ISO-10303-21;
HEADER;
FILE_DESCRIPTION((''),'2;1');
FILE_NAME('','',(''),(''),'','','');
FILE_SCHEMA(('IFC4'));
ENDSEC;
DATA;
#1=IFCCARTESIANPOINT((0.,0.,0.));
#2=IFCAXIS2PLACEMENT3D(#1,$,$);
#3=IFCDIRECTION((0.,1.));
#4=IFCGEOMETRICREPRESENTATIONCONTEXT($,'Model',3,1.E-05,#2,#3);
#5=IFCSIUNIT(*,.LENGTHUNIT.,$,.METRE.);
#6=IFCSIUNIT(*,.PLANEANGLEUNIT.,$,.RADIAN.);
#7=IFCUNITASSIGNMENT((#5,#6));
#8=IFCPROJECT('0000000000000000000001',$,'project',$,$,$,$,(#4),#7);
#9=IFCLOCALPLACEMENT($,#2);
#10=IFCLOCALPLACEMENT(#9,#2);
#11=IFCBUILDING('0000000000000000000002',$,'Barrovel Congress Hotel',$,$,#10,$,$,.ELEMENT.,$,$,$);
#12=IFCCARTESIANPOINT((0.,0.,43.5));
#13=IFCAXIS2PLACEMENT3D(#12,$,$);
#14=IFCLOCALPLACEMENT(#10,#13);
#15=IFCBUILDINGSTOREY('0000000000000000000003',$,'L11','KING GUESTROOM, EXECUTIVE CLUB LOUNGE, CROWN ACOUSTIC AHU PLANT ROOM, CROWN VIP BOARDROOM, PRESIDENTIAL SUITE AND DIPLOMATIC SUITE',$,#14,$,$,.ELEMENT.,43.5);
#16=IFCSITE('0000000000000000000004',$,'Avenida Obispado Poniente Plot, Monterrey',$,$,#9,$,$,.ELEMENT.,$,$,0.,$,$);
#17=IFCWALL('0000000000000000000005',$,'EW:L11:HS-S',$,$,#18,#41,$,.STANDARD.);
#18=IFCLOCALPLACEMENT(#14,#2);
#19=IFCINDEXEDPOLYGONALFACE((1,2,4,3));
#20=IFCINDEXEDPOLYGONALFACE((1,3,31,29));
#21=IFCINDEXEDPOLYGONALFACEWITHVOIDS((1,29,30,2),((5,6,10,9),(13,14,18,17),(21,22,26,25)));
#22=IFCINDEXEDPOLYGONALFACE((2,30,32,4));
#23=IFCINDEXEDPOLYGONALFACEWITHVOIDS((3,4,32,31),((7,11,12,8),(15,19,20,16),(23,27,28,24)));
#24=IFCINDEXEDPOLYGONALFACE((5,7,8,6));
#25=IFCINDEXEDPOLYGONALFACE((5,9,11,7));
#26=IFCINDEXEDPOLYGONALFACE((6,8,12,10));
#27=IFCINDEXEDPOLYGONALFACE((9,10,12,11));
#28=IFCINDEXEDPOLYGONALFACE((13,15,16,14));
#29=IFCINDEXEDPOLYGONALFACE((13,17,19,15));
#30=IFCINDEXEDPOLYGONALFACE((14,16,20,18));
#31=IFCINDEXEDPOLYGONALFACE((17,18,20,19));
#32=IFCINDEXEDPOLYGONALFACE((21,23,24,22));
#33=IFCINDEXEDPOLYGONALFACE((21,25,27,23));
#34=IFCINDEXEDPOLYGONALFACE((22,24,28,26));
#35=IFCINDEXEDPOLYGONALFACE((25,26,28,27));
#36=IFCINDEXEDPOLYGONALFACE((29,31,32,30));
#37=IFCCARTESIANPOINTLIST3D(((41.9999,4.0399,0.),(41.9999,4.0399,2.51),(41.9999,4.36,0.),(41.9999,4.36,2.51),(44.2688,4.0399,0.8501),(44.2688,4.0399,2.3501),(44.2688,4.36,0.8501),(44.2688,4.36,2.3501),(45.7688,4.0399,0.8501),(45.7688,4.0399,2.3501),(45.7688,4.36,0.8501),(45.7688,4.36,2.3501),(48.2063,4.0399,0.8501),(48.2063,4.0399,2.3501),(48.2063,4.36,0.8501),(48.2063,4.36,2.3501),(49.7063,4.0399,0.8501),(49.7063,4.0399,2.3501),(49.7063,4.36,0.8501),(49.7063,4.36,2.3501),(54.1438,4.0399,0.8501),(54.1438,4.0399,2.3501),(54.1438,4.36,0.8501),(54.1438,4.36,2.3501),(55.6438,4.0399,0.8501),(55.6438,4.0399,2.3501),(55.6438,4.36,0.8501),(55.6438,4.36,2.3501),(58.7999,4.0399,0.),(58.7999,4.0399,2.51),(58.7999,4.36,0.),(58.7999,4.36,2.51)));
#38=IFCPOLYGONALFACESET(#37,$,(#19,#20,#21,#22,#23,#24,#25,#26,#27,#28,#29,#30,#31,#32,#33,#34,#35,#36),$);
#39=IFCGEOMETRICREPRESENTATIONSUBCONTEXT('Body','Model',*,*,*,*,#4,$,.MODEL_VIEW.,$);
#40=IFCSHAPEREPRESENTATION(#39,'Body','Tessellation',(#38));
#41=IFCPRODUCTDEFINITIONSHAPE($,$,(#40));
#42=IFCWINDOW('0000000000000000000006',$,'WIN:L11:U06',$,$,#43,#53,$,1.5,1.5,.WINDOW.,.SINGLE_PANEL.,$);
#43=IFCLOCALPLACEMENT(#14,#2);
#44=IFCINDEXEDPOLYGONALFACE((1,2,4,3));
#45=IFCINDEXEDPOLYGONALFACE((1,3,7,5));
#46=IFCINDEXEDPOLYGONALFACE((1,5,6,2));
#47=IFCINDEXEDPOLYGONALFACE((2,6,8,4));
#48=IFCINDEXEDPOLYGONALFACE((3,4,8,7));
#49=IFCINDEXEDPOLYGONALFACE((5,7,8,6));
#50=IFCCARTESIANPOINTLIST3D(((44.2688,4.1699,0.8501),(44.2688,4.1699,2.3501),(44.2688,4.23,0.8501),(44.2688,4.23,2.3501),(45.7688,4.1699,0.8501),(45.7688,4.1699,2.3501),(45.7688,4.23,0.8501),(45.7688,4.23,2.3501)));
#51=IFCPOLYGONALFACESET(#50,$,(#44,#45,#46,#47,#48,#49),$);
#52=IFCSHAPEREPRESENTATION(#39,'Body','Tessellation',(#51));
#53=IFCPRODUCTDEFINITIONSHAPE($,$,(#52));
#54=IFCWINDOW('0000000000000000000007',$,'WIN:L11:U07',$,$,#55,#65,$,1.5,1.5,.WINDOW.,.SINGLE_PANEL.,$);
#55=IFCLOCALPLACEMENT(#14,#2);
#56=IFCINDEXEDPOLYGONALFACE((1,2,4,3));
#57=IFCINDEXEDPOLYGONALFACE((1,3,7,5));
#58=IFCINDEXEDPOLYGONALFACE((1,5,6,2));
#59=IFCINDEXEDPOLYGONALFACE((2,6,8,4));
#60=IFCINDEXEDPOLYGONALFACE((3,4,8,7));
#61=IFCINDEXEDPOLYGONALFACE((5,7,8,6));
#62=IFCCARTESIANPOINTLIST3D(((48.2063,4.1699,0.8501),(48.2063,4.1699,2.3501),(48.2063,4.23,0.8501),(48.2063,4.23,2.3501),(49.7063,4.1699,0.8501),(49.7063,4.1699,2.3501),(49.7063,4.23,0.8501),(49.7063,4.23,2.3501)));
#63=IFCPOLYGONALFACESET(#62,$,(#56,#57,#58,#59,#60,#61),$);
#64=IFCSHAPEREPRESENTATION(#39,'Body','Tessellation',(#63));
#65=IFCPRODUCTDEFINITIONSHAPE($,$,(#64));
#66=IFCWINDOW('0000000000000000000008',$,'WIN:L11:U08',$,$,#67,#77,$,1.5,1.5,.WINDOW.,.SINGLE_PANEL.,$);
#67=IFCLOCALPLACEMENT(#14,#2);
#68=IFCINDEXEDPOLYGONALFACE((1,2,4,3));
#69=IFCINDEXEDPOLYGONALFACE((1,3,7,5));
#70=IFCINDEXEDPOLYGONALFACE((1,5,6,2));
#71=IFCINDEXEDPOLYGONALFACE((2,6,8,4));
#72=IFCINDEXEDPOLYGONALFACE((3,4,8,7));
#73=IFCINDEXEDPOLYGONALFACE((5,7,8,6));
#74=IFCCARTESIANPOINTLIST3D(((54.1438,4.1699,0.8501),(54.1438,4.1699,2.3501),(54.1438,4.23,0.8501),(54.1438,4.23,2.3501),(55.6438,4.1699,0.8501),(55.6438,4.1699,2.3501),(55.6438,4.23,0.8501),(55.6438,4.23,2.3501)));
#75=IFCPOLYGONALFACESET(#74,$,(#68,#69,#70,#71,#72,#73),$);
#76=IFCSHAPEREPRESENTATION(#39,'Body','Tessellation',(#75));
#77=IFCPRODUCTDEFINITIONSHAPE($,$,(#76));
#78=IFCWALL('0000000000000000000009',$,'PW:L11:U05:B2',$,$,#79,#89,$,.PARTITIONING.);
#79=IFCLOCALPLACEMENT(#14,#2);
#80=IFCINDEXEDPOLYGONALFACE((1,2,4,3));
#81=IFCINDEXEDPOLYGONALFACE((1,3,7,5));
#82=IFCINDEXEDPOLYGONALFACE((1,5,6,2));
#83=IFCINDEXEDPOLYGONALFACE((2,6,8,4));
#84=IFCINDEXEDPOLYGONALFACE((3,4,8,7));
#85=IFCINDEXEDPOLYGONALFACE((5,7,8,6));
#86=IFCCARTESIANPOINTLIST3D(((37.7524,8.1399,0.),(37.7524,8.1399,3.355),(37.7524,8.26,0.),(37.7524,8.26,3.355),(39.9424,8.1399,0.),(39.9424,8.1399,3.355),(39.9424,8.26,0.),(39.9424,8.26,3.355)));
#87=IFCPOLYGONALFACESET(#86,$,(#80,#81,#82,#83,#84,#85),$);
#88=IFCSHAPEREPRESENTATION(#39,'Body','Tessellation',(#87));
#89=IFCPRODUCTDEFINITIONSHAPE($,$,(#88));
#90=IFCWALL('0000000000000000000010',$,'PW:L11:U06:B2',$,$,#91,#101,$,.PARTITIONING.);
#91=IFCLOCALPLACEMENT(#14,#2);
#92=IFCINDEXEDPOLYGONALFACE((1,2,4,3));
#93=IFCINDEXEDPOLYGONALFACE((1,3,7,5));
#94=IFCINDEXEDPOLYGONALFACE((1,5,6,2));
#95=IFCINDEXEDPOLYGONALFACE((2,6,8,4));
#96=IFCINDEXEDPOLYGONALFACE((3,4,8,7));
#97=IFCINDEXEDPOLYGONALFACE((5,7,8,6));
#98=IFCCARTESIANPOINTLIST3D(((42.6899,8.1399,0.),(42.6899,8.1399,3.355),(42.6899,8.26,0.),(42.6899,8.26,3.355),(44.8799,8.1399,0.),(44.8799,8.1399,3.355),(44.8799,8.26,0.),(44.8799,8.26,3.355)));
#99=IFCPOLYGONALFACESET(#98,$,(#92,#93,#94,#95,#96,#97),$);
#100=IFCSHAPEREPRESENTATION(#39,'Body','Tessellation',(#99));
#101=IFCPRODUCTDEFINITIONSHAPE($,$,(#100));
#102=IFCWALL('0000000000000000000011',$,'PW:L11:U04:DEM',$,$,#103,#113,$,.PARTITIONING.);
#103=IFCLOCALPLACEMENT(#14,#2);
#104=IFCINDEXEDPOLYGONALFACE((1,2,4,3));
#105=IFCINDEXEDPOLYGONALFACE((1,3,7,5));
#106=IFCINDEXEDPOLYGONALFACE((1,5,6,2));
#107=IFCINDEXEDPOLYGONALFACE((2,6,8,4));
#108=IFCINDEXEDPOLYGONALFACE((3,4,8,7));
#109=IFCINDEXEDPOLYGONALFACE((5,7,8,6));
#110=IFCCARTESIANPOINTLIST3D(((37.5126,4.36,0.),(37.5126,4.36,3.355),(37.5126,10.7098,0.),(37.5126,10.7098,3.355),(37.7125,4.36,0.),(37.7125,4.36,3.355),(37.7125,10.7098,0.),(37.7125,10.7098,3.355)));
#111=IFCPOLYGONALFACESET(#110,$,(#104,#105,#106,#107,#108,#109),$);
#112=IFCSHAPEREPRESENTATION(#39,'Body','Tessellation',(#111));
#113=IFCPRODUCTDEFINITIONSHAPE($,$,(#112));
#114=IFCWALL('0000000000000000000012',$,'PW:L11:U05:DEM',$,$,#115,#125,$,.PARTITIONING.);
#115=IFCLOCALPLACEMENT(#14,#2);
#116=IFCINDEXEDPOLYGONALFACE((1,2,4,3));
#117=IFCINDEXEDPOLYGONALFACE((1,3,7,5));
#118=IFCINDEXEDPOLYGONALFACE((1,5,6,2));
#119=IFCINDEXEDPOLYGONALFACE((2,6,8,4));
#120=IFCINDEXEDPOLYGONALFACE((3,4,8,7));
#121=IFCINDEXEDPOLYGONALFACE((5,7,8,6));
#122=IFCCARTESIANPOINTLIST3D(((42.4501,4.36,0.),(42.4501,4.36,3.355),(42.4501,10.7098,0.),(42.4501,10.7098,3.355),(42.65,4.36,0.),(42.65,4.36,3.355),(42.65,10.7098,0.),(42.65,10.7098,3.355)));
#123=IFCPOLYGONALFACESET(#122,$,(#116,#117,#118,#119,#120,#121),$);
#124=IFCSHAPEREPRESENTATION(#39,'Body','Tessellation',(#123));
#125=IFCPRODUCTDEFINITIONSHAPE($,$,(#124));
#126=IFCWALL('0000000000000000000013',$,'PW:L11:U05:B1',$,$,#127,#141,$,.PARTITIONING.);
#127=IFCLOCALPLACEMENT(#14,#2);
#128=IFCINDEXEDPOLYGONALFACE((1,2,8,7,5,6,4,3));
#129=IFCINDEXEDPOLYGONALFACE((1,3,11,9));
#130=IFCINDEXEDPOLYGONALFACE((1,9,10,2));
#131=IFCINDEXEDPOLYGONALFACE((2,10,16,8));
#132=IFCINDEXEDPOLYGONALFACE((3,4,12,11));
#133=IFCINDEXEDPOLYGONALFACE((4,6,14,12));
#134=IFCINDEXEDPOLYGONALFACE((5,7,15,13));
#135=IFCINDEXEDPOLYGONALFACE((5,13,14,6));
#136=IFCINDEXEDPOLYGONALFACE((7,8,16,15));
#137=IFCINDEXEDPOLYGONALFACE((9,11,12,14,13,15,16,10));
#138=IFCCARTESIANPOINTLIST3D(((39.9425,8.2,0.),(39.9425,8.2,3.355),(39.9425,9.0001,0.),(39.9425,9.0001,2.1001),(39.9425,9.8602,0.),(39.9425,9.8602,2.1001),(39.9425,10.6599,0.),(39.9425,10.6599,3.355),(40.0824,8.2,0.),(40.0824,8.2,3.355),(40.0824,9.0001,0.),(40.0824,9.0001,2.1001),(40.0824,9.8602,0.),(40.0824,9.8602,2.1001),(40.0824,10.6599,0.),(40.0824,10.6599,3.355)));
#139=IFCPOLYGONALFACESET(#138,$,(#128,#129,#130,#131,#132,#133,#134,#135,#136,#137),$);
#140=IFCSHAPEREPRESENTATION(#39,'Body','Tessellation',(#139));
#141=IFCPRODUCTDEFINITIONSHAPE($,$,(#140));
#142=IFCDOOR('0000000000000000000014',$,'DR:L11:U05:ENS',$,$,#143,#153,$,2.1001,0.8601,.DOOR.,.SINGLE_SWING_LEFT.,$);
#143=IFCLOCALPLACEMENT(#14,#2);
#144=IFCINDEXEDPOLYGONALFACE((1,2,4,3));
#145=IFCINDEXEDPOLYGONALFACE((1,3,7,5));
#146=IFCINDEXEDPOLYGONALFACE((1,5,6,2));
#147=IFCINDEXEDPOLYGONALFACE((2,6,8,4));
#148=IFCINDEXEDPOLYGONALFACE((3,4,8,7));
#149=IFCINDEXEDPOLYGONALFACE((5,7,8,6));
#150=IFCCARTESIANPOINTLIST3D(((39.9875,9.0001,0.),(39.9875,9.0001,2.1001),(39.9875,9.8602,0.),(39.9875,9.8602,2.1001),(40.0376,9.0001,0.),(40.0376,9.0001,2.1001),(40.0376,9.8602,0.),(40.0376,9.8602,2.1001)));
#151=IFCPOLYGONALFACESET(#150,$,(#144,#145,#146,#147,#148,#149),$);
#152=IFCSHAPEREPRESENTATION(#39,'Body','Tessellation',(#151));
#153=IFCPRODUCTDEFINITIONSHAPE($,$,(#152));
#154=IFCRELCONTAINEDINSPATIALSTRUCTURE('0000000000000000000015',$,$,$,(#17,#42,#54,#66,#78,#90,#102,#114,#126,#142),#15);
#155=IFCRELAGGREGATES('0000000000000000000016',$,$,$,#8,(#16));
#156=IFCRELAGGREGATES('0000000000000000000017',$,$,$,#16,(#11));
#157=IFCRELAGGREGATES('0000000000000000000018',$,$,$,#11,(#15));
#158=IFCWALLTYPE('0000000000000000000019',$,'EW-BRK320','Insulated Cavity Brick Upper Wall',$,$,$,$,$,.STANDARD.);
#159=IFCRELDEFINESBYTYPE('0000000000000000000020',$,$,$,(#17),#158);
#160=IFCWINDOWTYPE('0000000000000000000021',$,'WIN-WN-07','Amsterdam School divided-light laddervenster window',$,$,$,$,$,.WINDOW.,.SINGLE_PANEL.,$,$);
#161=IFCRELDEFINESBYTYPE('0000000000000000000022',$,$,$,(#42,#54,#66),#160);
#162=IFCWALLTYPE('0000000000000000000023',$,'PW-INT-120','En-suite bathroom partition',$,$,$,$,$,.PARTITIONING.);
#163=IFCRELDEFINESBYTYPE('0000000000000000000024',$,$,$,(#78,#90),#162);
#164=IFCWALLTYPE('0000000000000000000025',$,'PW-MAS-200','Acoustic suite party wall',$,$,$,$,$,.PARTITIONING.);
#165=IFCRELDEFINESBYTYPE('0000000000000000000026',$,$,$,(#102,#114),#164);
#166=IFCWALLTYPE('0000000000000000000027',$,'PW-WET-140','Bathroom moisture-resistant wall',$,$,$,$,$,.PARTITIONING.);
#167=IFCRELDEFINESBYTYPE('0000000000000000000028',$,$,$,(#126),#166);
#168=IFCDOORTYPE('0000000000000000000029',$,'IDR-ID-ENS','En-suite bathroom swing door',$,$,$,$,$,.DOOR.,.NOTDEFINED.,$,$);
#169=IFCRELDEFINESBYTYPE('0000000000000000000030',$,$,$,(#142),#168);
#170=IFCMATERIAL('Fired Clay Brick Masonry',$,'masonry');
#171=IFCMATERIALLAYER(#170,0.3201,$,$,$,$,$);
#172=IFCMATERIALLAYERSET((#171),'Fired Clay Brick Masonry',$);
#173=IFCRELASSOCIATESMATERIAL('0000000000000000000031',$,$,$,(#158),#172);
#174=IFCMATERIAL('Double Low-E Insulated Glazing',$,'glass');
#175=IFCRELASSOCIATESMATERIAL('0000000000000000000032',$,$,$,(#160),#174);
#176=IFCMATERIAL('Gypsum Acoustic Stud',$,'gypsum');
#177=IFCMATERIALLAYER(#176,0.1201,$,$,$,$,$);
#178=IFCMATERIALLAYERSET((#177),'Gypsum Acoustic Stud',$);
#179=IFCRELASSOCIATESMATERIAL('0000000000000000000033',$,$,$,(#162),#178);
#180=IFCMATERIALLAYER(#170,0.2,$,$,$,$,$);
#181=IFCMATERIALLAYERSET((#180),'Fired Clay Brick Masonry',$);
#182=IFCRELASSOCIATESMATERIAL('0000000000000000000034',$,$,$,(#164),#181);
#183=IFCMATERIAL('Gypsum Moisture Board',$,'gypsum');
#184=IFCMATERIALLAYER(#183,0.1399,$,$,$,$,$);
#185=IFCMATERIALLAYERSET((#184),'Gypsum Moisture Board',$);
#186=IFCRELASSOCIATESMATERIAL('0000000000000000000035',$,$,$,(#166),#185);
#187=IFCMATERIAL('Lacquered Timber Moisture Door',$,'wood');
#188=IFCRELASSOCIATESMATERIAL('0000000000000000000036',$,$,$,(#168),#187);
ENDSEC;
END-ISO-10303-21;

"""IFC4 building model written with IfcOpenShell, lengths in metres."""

from ifc_helpers import new_model, si_unit, direction, frame, frame_2d, origin, place, context, subcontext, project, spatial, rectangle, extrude, material, layer, layer_set, type_object, element, fill, save


model = new_model("IFC4")

# Units and contexts
model_context = context("Model", 3, precision=1e-05, world=origin(), true_north=direction((0.0, 1.0)))
body_context = subcontext(model_context, "Body", "Model", "MODEL_VIEW")
ifc_project = project(units=[si_unit("LENGTHUNIT", "METRE"), si_unit("PLANEANGLEUNIT", "RADIAN")], contexts=[model_context])

# Site, building, storey
site_placement = place(None, origin())
site = spatial("IfcSite", under=ifc_project, at=site_placement, Name="Avenida Obispado Poniente Plot, Monterrey", CompositionType="ELEMENT", RefElevation=0.0)
building_placement = place(site_placement, origin())
building = spatial("IfcBuilding", under=site, at=building_placement, Name="Barrovel Congress Hotel", CompositionType="ELEMENT")
storey_placement = place(building_placement, frame((0.0, 0.0, 43.5)))
storey = spatial("IfcBuildingStorey", under=building, at=storey_placement, Name="L11", Description="KING GUESTROOM, EXECUTIVE CLUB LOUNGE, CROWN ACOUSTIC AHU PLANT ROOM, CROWN VIP BOARDROOM, PRESIDENTIAL SUITE AND DIPLOMATIC SUITE", CompositionType="ELEMENT", Elevation=43.5)

# Wall, openings, windows
ifc_material_1 = material(Name="Fired Clay Brick Masonry", Category="masonry")
ifc_layer_1 = layer(ifc_material_1, 0.3201)
ifc_layer_set_1 = layer_set([ifc_layer_1], Name="Fired Clay Brick Masonry")
wall_type_1 = type_object("IfcWallType", Name="EW-BRK320", Description="Insulated Cavity Brick Upper Wall", PredefinedType="STANDARD", material=ifc_layer_set_1)
wall_1_placement = place(storey_placement, frame((42.0, 4.2, 0.0), z_axis=(0.0, 0.0, 1.0), x_axis=(1.0, 0.0, 0.0)))
wall_1 = element("IfcWall", 1, at=wall_1_placement, inside=storey, type_object=wall_type_1, Name="EW:L11:HS-S", PredefinedType="STANDARD", context=body_context, shape_type="SweptSolid", body=[
    extrude(rectangle(XDim=16.8, YDim=0.3201, at=frame_2d((8.3999, 0.0))), origin(), (0.0, 0.0, 1.0), 2.51),
])
opening_1_placement = place(wall_1_placement, frame((2.2688, 0.0, 0.8501)))
opening_1 = element("IfcOpeningElement", 2, at=opening_1_placement, cuts=wall_1, PredefinedType="OPENING", context=body_context, shape_type="SweptSolid", body=[
    extrude(rectangle(XDim=1.5, YDim=1.5, at=frame_2d((0.75, 0.75))), frame((0.0, 0.1699, 0.0), z_axis=(0.0, -1.0, 0.0), x_axis=(1.0, 0.0, 0.0)), (0.0, 0.0, 1.0), 0.3401),
])
opening_2_placement = place(wall_1_placement, frame((6.2063, 0.0, 0.8501)))
opening_2 = element("IfcOpeningElement", 3, at=opening_2_placement, cuts=wall_1, PredefinedType="OPENING", context=body_context, shape_type="SweptSolid", body=[
    extrude(rectangle(XDim=1.5, YDim=1.5, at=frame_2d((0.75, 0.75))), frame((0.0, 0.1699, 0.0), z_axis=(0.0, -1.0, 0.0), x_axis=(1.0, 0.0, 0.0)), (0.0, 0.0, 1.0), 0.3401),
])
opening_3_placement = place(wall_1_placement, frame((12.1438, 0.0, 0.8501)))
opening_3 = element("IfcOpeningElement", 4, at=opening_3_placement, cuts=wall_1, PredefinedType="OPENING", context=body_context, shape_type="SweptSolid", body=[
    extrude(rectangle(XDim=1.5, YDim=1.5, at=frame_2d((0.75, 0.75))), frame((0.0, 0.1699, 0.0), z_axis=(0.0, -1.0, 0.0), x_axis=(1.0, 0.0, 0.0)), (0.0, 0.0, 1.0), 0.3401),
])
ifc_material_2 = material(Name="Double Low-E Insulated Glazing", Category="glass")
window_type = type_object("IfcWindowType", Name="WIN-WN-07", Description="Amsterdam School divided-light laddervenster window", PartitioningType="SINGLE_PANEL", PredefinedType="WINDOW", material=ifc_material_2)
window_1_placement = place(opening_1_placement, origin())
window_1 = element("IfcWindow", 5, at=window_1_placement, inside=storey, type_object=window_type, Name="WIN:L11:U06", OverallHeight=1.5, OverallWidth=1.5, PartitioningType="SINGLE_PANEL", PredefinedType="WINDOW", context=body_context, shape_type="SweptSolid", body=[
    extrude(rectangle(XDim=1.5, YDim=1.5, at=frame_2d((0.75, 0.75))), frame((0.0, 0.03, 0.0), z_axis=(0.0, -1.0, 0.0), x_axis=(1.0, 0.0, 0.0)), (0.0, 0.0, 1.0), 0.0601),
])
fill(opening_1, window_1)
window_2_placement = place(opening_2_placement, origin())
window_2 = element("IfcWindow", 6, at=window_2_placement, inside=storey, type_object=window_type, Name="WIN:L11:U07", OverallHeight=1.5, OverallWidth=1.5, PartitioningType="SINGLE_PANEL", PredefinedType="WINDOW", context=body_context, shape_type="SweptSolid", body=[
    extrude(rectangle(XDim=1.5, YDim=1.5, at=frame_2d((0.75, 0.75))), frame((0.0, 0.03, 0.0), z_axis=(0.0, -1.0, 0.0), x_axis=(1.0, 0.0, 0.0)), (0.0, 0.0, 1.0), 0.0601),
])
fill(opening_2, window_2)
window_3_placement = place(opening_3_placement, origin())
window_3 = element("IfcWindow", 7, at=window_3_placement, inside=storey, type_object=window_type, Name="WIN:L11:U08", OverallHeight=1.5, OverallWidth=1.5, PartitioningType="SINGLE_PANEL", PredefinedType="WINDOW", context=body_context, shape_type="SweptSolid", body=[
    extrude(rectangle(XDim=1.5, YDim=1.5, at=frame_2d((0.75, 0.75))), frame((0.0, 0.03, 0.0), z_axis=(0.0, -1.0, 0.0), x_axis=(1.0, 0.0, 0.0)), (0.0, 0.0, 1.0), 0.0601),
])
fill(opening_3, window_3)

# Shared definitions
ifc_material_3 = material(Name="Gypsum Acoustic Stud", Category="gypsum")

# Walls
ifc_layer_2 = layer(ifc_material_3, 0.1201)
ifc_layer_set_2 = layer_set([ifc_layer_2], Name="Gypsum Acoustic Stud")
wall_type_2 = type_object("IfcWallType", Name="PW-INT-120", Description="En-suite bathroom partition", PredefinedType="PARTITIONING", material=ifc_layer_set_2)
for number, where, z_axis, x_axis, name in (
    (8, (37.7524, 8.2, 0.0), (0.0, 0.0, 1.0), (1.0, 0.0, 0.0), "PW:L11:U05:B2"),
    (9, (42.6899, 8.2, 0.0), (0.0, 0.0, 1.0), (1.0, 0.0, 0.0), "PW:L11:U06:B2"),
):
    element("IfcWall", number, at=place(storey_placement, frame(where, z_axis=z_axis, x_axis=x_axis)), inside=storey, type_object=wall_type_2, Name=name, PredefinedType="PARTITIONING", context=body_context, shape_type="SweptSolid", body=[
        extrude(rectangle(XDim=2.1899, YDim=0.1201, at=frame_2d((1.095, 0.0))), origin(), (0.0, 0.0, 1.0), 3.355),
    ])
ifc_layer_3 = layer(ifc_material_1, 0.2)
ifc_layer_set_3 = layer_set([ifc_layer_3], Name="Fired Clay Brick Masonry")
wall_type_3 = type_object("IfcWallType", Name="PW-MAS-200", Description="Acoustic suite party wall", PredefinedType="PARTITIONING", material=ifc_layer_set_3)
for number, where, z_axis, x_axis, name in (
    (10, (37.6125, 4.3601, 0.0), (0.0, 0.0, 1.0), (0.0, 1.0, 0.0), "PW:L11:U04:DEM"),
    (11, (42.55, 4.3601, 0.0), (0.0, 0.0, 1.0), (0.0, 1.0, 0.0), "PW:L11:U05:DEM"),
):
    element("IfcWall", number, at=place(storey_placement, frame(where, z_axis=z_axis, x_axis=x_axis)), inside=storey, type_object=wall_type_3, Name=name, PredefinedType="PARTITIONING", context=body_context, shape_type="SweptSolid", body=[
        extrude(rectangle(XDim=6.3499, YDim=0.2, at=frame_2d((3.1748, 0.0))), origin(), (0.0, 0.0, 1.0), 3.355),
    ])

# Wall, opening, door
ifc_material_4 = material(Name="Gypsum Moisture Board", Category="gypsum")
ifc_layer_4 = layer(ifc_material_4, 0.1399)
ifc_layer_set_4 = layer_set([ifc_layer_4], Name="Gypsum Moisture Board")
wall_type_4 = type_object("IfcWallType", Name="PW-WET-140", Description="Bathroom moisture-resistant wall", PredefinedType="PARTITIONING", material=ifc_layer_set_4)
wall_2_placement = place(storey_placement, frame((40.0125, 8.2, 0.0), z_axis=(0.0, 0.0, 1.0), x_axis=(0.0, 1.0, 0.0)))
wall_2 = element("IfcWall", 12, at=wall_2_placement, inside=storey, type_object=wall_type_4, Name="PW:L11:U05:B1", PredefinedType="PARTITIONING", context=body_context, shape_type="SweptSolid", body=[
    extrude(rectangle(XDim=2.46, YDim=0.1399, at=frame_2d((1.23, 0.0))), origin(), (0.0, 0.0, 1.0), 3.355),
])
opening_4_placement = place(wall_2_placement, frame((0.8, 0.0, 0.0)))
opening_4 = element("IfcOpeningElement", 13, at=opening_4_placement, cuts=wall_2, PredefinedType="OPENING", context=body_context, shape_type="SweptSolid", body=[
    extrude(rectangle(XDim=0.8601, YDim=2.1001, at=frame_2d((0.4302, 1.05))), frame((0.0, 0.0801, 0.0), z_axis=(0.0, -1.0, 0.0), x_axis=(1.0, 0.0, 0.0)), (0.0, 0.0, 1.0), 0.1599),
])
ifc_material_5 = material(Name="Lacquered Timber Moisture Door", Category="wood")
door_type_1 = type_object("IfcDoorType", Name="IDR-ID-ENS", Description="En-suite bathroom swing door", OperationType="NOTDEFINED", PredefinedType="DOOR", material=ifc_material_5)
door_1_placement = place(opening_4_placement, origin())
door_1 = element("IfcDoor", 14, at=door_1_placement, inside=storey, type_object=door_type_1, Name="DR:L11:U05:ENS", OperationType="SINGLE_SWING_LEFT", OverallHeight=2.1001, OverallWidth=0.8601, PredefinedType="DOOR", context=body_context, shape_type="SweptSolid", body=[
    extrude(rectangle(XDim=0.8601, YDim=2.1001, at=frame_2d((0.4302, 1.05))), frame((0.0, 0.0249, 0.0), z_axis=(0.0, -1.0, 0.0), x_axis=(1.0, 0.0, 0.0)), (0.0, 0.0, 1.0), 0.05),
])
fill(opening_4, door_1)

save(model, "model.ifc")
